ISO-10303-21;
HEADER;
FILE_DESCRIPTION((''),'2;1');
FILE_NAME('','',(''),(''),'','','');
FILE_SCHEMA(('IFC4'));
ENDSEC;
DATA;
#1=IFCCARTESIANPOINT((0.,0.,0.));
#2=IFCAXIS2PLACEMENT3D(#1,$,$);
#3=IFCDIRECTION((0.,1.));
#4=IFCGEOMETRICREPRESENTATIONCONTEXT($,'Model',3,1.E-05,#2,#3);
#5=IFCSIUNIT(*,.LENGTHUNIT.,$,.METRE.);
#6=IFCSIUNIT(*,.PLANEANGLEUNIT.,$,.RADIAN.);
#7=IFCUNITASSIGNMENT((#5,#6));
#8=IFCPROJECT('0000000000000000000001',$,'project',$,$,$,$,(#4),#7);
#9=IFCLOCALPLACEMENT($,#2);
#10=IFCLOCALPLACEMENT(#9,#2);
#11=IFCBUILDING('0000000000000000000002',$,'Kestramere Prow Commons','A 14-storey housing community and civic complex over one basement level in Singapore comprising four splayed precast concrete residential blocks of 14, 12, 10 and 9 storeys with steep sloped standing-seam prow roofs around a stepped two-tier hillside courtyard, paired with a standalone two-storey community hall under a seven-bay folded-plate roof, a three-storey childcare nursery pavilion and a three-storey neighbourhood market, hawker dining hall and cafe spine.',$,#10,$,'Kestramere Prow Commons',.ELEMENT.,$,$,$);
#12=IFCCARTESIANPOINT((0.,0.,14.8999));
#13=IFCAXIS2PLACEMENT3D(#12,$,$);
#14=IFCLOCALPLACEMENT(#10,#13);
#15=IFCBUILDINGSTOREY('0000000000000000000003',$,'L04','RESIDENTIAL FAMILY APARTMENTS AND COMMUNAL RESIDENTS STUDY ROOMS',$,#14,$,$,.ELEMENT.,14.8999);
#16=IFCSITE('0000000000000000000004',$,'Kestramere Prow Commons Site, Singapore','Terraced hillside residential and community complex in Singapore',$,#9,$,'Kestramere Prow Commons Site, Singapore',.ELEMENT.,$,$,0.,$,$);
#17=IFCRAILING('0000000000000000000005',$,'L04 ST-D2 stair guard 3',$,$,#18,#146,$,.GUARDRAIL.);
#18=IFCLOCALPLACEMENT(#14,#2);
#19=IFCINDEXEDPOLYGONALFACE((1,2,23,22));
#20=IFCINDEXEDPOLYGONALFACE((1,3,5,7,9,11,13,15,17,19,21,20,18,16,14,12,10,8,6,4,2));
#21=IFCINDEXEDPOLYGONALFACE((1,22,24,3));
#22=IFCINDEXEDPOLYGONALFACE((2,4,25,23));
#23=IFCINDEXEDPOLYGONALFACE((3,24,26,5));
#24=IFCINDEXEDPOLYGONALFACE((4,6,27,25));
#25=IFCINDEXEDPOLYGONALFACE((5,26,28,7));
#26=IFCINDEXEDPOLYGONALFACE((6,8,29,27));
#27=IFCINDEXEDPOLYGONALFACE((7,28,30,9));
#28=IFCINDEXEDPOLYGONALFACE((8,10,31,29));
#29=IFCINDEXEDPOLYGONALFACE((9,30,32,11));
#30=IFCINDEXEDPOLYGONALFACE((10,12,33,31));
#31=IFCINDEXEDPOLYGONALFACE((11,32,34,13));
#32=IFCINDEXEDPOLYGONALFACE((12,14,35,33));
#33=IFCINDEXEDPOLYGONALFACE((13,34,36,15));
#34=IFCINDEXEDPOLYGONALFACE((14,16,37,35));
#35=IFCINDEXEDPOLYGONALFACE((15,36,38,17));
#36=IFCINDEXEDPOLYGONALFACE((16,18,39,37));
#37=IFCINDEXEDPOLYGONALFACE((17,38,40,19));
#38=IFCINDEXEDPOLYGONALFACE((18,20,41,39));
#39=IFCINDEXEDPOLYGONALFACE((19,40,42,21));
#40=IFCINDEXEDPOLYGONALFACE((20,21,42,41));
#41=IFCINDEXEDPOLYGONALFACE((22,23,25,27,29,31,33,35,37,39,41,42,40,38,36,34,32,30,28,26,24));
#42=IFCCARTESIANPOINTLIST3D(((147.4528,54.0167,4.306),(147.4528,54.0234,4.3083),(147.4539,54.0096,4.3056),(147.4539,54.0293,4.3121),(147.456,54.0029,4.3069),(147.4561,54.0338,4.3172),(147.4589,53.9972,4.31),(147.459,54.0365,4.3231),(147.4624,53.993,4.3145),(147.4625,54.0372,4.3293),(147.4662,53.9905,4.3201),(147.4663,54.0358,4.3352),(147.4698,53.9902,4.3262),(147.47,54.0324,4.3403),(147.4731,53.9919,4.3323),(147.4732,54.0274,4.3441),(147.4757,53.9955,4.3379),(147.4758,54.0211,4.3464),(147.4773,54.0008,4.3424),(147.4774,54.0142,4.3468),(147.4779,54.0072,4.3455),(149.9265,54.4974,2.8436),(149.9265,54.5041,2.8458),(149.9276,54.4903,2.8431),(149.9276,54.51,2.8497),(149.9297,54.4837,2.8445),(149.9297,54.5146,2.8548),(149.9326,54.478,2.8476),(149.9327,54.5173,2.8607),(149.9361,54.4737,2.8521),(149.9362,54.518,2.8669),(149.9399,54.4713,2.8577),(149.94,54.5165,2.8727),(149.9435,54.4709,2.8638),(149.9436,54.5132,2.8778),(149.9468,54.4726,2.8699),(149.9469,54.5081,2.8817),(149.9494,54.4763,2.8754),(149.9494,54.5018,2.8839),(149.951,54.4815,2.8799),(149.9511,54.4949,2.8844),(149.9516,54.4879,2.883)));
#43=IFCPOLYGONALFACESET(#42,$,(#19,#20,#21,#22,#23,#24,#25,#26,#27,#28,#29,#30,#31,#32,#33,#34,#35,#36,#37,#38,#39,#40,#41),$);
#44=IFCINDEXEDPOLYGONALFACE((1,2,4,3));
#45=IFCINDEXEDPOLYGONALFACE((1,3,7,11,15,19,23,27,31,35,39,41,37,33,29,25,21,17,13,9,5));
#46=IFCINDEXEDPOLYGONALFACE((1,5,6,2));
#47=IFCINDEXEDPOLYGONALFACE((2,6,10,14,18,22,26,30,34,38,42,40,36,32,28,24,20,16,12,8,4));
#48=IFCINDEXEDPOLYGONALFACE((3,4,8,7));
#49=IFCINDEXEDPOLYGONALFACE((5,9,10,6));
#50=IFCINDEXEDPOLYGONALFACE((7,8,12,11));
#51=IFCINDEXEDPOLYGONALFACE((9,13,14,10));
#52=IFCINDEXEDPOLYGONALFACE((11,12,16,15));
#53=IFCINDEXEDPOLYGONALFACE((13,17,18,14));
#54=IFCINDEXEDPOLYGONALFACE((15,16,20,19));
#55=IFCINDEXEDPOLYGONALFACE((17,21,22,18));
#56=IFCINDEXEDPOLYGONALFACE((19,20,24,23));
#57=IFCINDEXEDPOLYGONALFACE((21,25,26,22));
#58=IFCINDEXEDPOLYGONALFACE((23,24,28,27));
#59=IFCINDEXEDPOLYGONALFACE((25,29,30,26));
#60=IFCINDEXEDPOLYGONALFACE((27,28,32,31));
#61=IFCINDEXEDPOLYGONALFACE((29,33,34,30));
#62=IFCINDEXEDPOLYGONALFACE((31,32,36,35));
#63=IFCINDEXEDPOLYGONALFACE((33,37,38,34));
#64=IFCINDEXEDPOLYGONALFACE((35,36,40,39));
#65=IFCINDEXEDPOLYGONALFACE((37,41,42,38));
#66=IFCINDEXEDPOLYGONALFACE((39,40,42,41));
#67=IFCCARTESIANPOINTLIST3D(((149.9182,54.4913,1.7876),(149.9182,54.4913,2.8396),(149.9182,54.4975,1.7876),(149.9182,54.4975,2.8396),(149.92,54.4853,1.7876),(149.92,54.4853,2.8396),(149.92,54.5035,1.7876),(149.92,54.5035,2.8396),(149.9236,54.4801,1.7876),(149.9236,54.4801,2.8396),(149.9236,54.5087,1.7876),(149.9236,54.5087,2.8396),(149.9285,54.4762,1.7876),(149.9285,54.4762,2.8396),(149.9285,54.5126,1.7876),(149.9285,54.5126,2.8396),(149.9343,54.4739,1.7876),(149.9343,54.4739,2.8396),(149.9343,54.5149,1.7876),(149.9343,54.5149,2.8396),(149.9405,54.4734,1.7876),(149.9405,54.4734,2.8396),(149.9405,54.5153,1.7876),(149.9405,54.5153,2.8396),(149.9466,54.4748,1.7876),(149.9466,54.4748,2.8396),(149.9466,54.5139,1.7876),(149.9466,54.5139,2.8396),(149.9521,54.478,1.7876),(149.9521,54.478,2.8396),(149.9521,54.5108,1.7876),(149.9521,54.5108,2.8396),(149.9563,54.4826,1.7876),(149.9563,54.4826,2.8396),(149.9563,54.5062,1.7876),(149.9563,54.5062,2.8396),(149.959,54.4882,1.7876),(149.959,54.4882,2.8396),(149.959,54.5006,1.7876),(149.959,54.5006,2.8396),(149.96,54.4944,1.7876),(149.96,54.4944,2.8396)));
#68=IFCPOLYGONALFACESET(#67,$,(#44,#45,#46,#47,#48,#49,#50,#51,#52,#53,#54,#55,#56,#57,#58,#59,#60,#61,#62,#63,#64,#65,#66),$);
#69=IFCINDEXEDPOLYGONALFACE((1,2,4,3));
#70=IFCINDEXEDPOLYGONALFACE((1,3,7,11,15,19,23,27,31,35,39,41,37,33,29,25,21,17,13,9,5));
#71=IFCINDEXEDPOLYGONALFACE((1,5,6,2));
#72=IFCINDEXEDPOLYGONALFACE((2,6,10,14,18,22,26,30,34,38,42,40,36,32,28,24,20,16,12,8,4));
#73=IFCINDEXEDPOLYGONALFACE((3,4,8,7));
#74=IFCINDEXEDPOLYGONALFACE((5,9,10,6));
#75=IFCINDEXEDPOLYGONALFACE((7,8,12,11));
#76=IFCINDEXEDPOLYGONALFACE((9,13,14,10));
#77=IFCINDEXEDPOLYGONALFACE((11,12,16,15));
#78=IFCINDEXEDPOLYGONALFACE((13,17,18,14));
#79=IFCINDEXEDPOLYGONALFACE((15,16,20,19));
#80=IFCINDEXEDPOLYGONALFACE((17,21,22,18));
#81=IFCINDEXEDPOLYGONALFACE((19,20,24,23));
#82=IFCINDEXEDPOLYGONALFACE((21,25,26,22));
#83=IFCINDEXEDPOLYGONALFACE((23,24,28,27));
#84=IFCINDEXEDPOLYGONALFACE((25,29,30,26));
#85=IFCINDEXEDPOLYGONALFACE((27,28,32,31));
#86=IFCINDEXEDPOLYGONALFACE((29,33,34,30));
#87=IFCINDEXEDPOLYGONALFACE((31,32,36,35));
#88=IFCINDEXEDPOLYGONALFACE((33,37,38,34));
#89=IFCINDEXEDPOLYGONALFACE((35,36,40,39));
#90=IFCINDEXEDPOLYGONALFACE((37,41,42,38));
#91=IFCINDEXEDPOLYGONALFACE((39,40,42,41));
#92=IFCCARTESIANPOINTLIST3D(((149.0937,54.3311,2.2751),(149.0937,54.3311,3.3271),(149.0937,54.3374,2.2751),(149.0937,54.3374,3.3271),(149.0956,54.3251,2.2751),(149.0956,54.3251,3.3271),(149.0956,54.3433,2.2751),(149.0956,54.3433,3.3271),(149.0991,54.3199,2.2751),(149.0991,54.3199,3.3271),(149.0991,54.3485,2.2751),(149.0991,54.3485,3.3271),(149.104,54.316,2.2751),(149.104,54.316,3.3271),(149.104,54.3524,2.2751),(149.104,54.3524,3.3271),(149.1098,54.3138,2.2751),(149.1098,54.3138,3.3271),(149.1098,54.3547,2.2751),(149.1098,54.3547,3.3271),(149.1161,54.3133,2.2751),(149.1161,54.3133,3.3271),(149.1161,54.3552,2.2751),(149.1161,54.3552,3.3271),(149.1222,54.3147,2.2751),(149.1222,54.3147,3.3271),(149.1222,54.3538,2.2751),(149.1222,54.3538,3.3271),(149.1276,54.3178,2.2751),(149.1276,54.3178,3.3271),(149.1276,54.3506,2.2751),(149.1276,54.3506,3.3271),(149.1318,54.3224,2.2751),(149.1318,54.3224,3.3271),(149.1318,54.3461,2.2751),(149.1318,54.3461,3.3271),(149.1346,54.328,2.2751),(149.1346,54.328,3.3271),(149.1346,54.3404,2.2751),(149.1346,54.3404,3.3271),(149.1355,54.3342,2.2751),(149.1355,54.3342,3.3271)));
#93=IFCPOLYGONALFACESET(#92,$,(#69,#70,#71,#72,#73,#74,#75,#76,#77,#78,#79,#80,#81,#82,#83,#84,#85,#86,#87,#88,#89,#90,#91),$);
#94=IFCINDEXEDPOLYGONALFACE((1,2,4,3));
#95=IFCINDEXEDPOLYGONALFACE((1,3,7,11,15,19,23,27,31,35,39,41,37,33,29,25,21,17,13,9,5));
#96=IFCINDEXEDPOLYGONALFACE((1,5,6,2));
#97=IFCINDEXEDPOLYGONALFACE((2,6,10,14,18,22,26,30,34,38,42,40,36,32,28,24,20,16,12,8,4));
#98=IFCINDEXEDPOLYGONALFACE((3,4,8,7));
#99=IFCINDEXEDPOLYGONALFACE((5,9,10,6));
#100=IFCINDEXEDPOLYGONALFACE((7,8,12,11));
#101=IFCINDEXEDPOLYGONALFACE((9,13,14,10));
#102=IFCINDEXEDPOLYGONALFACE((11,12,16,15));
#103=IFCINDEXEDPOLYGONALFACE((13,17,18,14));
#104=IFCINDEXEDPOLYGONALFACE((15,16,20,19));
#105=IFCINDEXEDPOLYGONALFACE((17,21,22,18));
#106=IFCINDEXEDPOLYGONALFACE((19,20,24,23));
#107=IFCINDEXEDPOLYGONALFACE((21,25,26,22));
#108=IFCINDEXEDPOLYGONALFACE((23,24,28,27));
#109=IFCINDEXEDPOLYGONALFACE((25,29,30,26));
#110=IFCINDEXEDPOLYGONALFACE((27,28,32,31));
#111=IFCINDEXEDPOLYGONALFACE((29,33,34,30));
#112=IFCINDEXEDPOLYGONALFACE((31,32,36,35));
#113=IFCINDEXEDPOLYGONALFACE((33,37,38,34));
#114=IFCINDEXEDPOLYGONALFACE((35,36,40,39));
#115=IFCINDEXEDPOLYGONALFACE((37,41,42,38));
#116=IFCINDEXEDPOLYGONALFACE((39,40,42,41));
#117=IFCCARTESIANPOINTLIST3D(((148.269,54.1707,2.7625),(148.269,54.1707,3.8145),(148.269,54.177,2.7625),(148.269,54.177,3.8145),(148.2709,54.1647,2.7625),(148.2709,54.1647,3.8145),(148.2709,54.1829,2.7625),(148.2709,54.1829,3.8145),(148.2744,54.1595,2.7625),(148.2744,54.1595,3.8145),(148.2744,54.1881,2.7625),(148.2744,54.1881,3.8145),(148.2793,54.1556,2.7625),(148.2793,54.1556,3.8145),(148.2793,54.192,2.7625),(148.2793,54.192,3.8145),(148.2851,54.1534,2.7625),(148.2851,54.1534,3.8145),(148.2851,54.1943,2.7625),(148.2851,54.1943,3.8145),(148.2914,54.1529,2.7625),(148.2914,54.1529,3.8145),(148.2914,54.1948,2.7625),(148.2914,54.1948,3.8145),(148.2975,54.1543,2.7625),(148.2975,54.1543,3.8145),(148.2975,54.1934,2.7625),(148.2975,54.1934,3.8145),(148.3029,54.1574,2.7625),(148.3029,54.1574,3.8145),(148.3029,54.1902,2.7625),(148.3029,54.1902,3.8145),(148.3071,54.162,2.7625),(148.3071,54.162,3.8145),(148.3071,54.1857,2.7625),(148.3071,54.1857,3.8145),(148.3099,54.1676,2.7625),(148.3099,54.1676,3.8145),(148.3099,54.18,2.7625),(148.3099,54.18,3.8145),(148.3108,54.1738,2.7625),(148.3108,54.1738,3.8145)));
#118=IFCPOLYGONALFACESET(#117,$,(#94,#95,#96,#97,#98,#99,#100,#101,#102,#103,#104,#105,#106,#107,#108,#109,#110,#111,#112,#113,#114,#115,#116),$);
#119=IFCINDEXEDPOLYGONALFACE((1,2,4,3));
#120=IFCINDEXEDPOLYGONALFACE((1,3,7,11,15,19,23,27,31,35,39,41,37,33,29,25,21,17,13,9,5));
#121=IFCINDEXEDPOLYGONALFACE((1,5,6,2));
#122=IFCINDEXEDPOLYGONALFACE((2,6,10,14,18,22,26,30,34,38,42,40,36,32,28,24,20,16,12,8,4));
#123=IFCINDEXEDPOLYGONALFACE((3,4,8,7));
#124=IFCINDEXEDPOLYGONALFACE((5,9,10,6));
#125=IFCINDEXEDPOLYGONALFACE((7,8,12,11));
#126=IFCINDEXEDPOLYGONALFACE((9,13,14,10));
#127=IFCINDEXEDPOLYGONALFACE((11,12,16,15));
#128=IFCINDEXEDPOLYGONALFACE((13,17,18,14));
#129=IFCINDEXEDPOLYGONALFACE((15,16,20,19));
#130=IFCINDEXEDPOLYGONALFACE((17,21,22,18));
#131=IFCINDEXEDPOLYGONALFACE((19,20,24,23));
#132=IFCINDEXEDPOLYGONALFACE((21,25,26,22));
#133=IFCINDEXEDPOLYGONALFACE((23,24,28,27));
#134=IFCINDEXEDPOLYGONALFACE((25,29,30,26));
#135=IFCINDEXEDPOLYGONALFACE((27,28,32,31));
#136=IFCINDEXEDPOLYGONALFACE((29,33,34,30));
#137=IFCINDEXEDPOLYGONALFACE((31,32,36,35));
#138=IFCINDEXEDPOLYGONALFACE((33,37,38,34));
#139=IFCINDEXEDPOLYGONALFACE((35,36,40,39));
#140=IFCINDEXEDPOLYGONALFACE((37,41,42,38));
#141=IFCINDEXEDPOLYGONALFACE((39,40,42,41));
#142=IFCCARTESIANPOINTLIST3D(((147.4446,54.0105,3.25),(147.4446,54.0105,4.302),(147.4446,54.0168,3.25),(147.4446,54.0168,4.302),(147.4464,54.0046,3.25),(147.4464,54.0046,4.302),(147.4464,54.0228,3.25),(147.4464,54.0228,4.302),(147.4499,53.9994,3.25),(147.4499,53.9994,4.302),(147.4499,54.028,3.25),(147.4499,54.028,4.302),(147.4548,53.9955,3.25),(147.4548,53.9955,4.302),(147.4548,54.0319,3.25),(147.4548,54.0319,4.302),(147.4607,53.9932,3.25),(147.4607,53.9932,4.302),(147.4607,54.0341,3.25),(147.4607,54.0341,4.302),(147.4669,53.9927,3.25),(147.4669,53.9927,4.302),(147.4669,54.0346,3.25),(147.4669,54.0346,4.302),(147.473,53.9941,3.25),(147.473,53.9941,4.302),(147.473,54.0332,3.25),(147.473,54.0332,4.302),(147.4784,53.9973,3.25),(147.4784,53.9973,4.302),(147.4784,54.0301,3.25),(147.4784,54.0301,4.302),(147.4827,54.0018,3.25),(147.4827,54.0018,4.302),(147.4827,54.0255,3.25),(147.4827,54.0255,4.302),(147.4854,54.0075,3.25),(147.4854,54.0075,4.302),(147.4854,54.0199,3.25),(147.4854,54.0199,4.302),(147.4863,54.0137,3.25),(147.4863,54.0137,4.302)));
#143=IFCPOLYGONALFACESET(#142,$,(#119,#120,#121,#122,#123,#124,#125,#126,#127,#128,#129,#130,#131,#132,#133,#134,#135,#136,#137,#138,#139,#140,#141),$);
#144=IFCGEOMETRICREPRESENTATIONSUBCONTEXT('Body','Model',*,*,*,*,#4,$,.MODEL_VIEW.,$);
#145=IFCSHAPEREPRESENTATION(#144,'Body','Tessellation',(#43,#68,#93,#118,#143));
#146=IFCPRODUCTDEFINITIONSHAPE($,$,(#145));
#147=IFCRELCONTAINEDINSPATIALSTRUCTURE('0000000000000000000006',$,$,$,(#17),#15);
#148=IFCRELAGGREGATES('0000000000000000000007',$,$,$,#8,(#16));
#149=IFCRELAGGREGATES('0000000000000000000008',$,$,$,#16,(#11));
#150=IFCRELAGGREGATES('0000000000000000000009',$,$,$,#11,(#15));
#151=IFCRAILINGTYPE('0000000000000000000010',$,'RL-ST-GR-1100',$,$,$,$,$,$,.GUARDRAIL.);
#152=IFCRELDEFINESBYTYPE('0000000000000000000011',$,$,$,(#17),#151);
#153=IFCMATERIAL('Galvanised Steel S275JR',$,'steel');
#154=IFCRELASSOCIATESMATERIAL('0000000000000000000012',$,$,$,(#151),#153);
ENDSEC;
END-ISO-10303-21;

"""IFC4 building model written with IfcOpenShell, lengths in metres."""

from ifc_helpers import new_model, si_unit, direction, frame, origin, origin_2d, place, context, subcontext, project, spatial, circle, extrude, material, type_object, element, save


model = new_model("IFC4")

# Units and contexts
model_context = context("Model", 3, precision=1e-05, world=origin(), true_north=direction((0.0, 1.0)))
body_context = subcontext(model_context, "Body", "Model", "MODEL_VIEW")
ifc_project = project(units=[si_unit("LENGTHUNIT", "METRE"), si_unit("PLANEANGLEUNIT", "RADIAN")], contexts=[model_context])

# Site, building, storey
site_placement = place(None, origin())
site = spatial("IfcSite", under=ifc_project, at=site_placement, Name="Kestramere Prow Commons Site, Singapore", Description="Terraced hillside residential and community complex in Singapore", LongName="Kestramere Prow Commons Site, Singapore", CompositionType="ELEMENT", RefElevation=0.0)
building_placement = place(site_placement, origin())
building = spatial("IfcBuilding", under=site, at=building_placement, Name="Kestramere Prow Commons", Description="A 14-storey housing community and civic complex over one basement level in Singapore comprising four splayed precast concrete residential blocks of 14, 12, 10 and 9 storeys with steep sloped standing-seam prow roofs around a stepped two-tier hillside courtyard, paired with a standalone two-storey community hall under a seven-bay folded-plate roof, a three-storey childcare nursery pavilion and a three-storey neighbourhood market, hawker dining hall and cafe spine.", LongName="Kestramere Prow Commons", CompositionType="ELEMENT")
storey_placement = place(building_placement, frame((0.0, 0.0, 14.8999)))
storey = spatial("IfcBuildingStorey", under=building, at=storey_placement, Name="L04", Description="RESIDENTIAL FAMILY APARTMENTS AND COMMUNAL RESIDENTS STUDY ROOMS", CompositionType="ELEMENT", Elevation=14.8999)

# Railing
ifc_material_1 = material(Name="Galvanised Steel S275JR", Category="steel")
railing_type_1 = type_object("IfcRailingType", Name="RL-ST-GR-1100", PredefinedType="GUARDRAIL", material=ifc_material_1)
railing_1_placement = place(storey_placement, frame((149.939, 54.4944, 1.7876)))
element("IfcRailing", 1, at=railing_1_placement, inside=storey, type_object=railing_type_1, Name="L04 ST-D2 stair guard 3", PredefinedType="GUARDRAIL", context=body_context, shape_type="SweptSolid", body=[
    extrude(circle(Radius=0.0239, at=origin_2d()), frame((0.0, 0.0, 1.0762), z_axis=(-0.84902, -0.164994, 0.501938), x_axis=(0.190766, -0.981636, 0.0)), (0.0, 0.0, 1.0), 2.9136),
    extrude(circle(Radius=0.021, at=origin_2d()), origin(), (0.0, 0.0, 1.0), 1.052),
    extrude(circle(Radius=0.021, at=origin_2d()), frame((-0.8245, -0.1602, 0.4875)), (0.0, 0.0, 1.0), 1.052),
    extrude(circle(Radius=0.021, at=origin_2d()), frame((-1.6492, -0.3206, 0.9749)), (0.0, 0.0, 1.0), 1.052),
    extrude(circle(Radius=0.021, at=origin_2d()), frame((-2.4736, -0.4807, 1.4624)), (0.0, 0.0, 1.0), 1.052),
])

save(model, "model.ifc")
